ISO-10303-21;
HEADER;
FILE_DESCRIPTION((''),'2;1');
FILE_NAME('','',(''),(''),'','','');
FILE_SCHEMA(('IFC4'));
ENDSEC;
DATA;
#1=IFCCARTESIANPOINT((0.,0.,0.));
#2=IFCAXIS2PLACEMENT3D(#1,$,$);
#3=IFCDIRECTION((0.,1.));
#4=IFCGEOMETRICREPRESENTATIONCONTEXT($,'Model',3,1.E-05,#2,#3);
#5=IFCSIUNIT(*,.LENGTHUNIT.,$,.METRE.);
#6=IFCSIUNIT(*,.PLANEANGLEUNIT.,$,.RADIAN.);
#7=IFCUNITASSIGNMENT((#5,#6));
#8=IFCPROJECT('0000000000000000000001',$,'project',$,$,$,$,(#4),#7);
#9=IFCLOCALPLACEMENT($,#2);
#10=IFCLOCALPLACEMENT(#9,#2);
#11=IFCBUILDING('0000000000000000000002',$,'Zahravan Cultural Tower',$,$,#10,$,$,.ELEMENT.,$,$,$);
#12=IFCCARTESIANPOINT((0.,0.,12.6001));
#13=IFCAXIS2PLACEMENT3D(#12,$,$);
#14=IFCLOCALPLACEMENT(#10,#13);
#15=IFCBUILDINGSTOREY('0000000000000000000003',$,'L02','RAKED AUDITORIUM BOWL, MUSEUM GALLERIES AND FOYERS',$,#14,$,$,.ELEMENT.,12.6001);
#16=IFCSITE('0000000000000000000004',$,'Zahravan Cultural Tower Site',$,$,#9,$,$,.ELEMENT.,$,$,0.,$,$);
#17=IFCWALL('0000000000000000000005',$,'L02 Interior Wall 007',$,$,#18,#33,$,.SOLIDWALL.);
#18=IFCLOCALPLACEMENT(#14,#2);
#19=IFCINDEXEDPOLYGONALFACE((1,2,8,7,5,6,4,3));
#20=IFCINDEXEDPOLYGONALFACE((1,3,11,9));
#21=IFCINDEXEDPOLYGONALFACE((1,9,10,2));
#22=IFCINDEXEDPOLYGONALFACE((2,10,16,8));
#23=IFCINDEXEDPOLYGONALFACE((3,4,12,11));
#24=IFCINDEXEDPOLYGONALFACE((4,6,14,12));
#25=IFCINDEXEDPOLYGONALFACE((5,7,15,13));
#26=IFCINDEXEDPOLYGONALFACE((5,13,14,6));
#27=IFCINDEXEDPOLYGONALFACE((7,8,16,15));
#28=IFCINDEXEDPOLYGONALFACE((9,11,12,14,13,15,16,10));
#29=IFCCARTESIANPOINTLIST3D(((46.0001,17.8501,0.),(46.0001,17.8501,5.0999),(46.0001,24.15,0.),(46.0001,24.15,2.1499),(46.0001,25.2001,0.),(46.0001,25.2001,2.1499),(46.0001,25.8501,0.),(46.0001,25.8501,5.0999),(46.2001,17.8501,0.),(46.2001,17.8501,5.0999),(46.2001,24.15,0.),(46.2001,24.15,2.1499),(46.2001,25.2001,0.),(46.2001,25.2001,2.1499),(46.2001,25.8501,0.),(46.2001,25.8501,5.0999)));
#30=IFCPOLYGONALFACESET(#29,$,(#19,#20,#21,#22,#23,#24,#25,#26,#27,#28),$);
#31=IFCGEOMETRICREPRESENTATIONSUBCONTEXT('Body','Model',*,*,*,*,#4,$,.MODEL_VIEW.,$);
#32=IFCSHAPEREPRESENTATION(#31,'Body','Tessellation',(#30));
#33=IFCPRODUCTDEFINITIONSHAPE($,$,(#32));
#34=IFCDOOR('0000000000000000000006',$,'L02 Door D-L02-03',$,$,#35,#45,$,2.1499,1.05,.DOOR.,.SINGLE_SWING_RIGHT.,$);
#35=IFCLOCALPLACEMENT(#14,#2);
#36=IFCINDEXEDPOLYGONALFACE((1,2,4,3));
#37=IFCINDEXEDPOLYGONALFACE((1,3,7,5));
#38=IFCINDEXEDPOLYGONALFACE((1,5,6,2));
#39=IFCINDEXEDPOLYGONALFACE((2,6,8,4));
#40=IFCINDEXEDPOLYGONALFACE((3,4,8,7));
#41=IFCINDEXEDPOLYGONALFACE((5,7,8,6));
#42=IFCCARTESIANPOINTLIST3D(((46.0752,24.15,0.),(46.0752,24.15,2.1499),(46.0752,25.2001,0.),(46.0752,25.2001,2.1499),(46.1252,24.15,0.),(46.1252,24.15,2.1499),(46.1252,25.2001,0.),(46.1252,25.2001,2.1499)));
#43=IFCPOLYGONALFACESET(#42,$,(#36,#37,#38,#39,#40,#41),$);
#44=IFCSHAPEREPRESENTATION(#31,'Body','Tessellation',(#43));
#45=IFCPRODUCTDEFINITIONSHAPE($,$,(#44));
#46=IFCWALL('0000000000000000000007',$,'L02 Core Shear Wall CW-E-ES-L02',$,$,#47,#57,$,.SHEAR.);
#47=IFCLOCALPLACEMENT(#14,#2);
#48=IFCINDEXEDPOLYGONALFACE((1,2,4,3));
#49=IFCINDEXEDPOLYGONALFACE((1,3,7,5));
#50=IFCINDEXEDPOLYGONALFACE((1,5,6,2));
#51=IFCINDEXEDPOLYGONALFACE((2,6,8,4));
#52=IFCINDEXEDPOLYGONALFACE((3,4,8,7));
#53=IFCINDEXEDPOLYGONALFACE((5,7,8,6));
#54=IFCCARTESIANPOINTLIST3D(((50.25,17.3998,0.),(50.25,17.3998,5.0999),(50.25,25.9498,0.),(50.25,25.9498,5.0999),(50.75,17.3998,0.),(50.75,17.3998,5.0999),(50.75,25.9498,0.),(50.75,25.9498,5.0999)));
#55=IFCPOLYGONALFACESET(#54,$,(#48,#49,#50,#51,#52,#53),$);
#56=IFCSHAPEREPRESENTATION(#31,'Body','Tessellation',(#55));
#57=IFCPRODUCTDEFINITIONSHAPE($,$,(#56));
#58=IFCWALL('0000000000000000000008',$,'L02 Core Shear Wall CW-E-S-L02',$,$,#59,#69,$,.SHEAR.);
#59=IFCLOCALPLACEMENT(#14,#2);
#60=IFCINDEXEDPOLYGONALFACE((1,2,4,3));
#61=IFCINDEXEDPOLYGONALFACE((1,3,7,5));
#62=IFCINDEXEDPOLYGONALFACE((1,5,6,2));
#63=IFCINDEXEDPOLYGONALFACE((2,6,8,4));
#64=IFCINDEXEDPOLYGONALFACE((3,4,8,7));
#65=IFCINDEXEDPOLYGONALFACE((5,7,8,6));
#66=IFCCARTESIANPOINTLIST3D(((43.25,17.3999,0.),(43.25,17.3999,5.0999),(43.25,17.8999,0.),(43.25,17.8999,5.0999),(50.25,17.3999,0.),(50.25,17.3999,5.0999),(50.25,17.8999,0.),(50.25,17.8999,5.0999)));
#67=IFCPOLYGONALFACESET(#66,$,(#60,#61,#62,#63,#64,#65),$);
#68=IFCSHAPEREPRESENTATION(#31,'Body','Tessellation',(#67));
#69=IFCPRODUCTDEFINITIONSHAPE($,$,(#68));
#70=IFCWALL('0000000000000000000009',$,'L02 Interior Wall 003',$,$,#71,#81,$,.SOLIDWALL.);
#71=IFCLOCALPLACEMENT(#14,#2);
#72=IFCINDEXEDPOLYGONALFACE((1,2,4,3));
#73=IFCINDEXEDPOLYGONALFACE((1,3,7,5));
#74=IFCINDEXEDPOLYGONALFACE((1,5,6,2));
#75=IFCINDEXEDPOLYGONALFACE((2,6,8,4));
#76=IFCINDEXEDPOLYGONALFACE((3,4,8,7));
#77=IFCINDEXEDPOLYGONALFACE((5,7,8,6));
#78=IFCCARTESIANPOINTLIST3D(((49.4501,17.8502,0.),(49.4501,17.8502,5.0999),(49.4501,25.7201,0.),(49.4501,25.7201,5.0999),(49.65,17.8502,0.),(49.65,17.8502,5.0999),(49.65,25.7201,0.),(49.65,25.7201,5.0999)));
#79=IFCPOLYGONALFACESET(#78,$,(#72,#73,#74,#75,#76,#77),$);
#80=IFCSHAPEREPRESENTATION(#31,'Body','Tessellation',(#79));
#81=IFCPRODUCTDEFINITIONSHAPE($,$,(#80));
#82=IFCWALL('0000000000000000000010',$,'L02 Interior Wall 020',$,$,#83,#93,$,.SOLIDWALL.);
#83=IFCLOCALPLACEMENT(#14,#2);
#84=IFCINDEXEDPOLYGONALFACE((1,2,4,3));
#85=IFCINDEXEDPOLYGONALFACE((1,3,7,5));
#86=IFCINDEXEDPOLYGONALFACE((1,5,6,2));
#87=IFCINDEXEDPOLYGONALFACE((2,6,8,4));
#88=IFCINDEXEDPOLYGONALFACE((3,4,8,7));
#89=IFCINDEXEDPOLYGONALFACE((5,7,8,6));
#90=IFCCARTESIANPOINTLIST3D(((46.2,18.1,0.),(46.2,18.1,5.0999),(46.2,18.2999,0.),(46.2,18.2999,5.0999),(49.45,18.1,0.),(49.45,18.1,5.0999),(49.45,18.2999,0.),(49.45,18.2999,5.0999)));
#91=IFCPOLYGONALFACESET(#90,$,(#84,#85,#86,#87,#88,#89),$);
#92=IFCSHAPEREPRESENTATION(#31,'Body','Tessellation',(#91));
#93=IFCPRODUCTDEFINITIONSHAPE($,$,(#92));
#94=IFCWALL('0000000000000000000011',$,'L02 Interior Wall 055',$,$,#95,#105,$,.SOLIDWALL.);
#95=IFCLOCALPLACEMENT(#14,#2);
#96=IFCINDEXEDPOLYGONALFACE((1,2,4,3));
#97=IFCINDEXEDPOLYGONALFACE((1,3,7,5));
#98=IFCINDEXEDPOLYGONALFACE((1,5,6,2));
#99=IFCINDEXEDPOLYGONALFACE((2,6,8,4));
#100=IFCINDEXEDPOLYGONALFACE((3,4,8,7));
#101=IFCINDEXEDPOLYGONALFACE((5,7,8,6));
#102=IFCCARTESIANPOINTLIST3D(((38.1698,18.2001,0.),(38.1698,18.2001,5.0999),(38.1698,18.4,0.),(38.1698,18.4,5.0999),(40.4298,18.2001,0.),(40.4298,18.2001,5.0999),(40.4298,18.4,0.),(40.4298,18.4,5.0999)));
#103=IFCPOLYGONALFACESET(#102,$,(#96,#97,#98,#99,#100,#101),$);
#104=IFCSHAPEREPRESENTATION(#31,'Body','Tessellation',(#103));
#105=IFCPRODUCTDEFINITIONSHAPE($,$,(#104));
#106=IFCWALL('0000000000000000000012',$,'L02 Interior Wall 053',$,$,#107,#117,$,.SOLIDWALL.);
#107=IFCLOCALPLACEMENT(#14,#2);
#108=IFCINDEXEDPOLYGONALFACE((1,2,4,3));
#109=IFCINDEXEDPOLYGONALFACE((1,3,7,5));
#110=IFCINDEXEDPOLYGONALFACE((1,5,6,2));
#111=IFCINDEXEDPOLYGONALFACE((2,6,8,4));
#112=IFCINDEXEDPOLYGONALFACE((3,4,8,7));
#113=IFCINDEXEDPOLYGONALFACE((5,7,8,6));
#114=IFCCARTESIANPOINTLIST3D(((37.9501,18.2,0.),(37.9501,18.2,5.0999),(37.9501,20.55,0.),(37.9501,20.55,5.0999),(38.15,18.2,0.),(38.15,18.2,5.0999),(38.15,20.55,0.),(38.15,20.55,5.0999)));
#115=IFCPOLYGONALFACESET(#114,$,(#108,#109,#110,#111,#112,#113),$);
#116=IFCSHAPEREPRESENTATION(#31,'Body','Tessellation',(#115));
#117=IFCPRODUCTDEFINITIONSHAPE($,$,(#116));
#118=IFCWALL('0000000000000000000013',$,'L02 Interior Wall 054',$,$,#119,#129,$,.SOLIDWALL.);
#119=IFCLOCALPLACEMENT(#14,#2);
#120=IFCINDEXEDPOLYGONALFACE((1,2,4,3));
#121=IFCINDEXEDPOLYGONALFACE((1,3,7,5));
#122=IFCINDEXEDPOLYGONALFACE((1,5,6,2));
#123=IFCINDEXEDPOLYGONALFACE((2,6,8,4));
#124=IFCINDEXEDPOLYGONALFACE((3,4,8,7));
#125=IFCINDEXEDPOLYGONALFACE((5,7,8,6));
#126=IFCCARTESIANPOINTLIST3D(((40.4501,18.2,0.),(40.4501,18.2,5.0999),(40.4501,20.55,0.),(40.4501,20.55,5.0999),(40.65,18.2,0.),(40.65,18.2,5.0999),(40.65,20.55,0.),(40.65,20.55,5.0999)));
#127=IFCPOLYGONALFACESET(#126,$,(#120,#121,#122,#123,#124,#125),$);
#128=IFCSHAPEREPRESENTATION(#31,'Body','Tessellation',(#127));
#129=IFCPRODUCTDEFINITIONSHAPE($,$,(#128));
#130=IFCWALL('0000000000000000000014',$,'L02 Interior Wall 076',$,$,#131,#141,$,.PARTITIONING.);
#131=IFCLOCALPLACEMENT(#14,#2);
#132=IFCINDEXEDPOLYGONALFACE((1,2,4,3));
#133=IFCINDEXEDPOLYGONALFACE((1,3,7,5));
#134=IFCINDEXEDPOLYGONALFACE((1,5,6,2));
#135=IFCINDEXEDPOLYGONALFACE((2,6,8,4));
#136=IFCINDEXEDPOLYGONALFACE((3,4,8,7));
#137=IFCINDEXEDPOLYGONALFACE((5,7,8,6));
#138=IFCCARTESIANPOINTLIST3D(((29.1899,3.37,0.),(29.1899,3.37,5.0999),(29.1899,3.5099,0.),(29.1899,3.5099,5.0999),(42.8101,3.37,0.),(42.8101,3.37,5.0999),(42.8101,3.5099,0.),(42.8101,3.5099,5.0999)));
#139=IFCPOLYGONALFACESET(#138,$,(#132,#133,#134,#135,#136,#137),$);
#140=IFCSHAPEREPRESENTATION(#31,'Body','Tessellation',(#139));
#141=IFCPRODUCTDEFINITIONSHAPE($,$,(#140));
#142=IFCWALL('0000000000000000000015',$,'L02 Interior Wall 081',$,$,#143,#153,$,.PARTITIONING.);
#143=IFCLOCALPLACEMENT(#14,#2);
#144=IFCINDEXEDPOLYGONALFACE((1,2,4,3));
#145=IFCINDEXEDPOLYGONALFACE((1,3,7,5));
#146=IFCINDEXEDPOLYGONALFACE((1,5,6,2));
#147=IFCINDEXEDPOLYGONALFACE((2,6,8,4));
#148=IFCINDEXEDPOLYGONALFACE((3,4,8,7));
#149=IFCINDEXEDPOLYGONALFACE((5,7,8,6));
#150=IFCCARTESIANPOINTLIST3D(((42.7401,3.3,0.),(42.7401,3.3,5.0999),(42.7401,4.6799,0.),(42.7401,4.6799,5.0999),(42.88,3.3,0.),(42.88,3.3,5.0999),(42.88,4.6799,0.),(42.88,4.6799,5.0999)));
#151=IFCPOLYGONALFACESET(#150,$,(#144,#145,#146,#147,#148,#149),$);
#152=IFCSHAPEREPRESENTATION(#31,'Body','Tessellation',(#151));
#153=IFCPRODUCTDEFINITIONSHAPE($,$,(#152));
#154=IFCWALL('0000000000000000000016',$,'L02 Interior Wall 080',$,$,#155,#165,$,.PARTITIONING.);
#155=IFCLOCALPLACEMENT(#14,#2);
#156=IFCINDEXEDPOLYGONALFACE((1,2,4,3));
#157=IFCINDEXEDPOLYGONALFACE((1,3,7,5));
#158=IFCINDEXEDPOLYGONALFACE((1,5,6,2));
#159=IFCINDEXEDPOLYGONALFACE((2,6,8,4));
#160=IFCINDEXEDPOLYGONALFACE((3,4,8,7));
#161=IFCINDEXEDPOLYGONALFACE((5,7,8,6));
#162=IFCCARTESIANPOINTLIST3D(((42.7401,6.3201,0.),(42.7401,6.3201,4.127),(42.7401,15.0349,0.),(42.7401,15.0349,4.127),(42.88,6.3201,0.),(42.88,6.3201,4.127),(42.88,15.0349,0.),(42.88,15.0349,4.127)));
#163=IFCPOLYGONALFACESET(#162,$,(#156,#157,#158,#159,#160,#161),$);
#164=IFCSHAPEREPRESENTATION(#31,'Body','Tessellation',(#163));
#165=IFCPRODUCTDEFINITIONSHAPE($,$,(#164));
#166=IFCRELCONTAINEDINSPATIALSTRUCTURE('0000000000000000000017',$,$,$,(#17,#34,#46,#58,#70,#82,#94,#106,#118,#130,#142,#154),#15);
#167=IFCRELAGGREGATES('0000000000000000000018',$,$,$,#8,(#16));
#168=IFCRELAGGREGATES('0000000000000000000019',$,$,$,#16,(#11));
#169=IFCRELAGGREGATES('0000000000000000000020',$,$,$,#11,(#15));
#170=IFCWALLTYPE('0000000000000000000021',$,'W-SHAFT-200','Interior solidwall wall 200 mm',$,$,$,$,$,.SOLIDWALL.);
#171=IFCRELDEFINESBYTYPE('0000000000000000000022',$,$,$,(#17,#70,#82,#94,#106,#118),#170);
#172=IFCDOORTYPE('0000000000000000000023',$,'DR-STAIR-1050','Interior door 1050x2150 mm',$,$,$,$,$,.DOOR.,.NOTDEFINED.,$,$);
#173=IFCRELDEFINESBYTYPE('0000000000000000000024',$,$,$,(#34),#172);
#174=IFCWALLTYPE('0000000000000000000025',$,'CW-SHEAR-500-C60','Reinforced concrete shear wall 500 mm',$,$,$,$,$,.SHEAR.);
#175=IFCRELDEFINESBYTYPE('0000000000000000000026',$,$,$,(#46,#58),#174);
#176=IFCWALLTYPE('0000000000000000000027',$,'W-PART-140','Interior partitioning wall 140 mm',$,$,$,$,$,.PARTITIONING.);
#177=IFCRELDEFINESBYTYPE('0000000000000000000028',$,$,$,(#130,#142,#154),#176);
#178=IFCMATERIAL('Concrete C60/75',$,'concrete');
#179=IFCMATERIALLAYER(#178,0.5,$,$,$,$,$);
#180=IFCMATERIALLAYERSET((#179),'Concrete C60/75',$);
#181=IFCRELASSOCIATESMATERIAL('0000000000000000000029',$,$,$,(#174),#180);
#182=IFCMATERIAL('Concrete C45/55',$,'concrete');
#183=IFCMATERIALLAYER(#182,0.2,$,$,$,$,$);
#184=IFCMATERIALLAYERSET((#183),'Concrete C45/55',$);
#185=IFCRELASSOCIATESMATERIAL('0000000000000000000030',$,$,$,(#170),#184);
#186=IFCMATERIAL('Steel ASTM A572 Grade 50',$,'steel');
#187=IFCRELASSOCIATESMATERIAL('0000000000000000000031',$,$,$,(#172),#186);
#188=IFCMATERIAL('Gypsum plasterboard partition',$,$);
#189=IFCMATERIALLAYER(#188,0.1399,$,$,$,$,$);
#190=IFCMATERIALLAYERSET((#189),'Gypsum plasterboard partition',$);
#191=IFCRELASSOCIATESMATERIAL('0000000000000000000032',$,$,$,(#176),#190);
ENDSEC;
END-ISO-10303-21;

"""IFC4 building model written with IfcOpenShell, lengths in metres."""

from ifc_helpers import new_model, si_unit, direction, frame, frame_2d, origin, place, context, subcontext, project, spatial, rectangle, extrude, source, transform, mapped, material, layer, layer_set, type_object, element, fill, save


model = new_model("IFC4")

# Units and contexts
model_context = context("Model", 3, precision=1e-05, world=origin(), true_north=direction((0.0, 1.0)))
body_context = subcontext(model_context, "Body", "Model", "MODEL_VIEW")
ifc_project = project(units=[si_unit("LENGTHUNIT", "METRE"), si_unit("PLANEANGLEUNIT", "RADIAN")], contexts=[model_context])

# Site, building, storey
site_placement = place(None, origin())
site = spatial("IfcSite", under=ifc_project, at=site_placement, Name="Zahravan Cultural Tower Site", CompositionType="ELEMENT", RefElevation=0.0)
building_placement = place(site_placement, origin())
building = spatial("IfcBuilding", under=site, at=building_placement, Name="Zahravan Cultural Tower", CompositionType="ELEMENT")
storey_placement = place(building_placement, frame((0.0, 0.0, 12.6001)))
storey = spatial("IfcBuildingStorey", under=building, at=storey_placement, Name="L02", Description="RAKED AUDITORIUM BOWL, MUSEUM GALLERIES AND FOYERS", CompositionType="ELEMENT", Elevation=12.6001)

# Shared definitions
ifc_material_1 = material(Name="Concrete C60/75", Category="concrete")
ifc_material_2 = material(Name="Steel ASTM A572 Grade 50", Category="steel")

# Shared definitions
ifc_layer_1 = layer(ifc_material_1, 0.5)
ifc_layer_set_1 = layer_set([ifc_layer_1], Name="Concrete C60/75")
wall_type_1 = type_object("IfcWallType", Name="CW-SHEAR-500-C60", Description="Reinforced concrete shear wall 500 mm", PredefinedType="SHEAR", material=ifc_layer_set_1)

# Wall, opening, door
ifc_material_3 = material(Name="Concrete C45/55", Category="concrete")
ifc_layer_2 = layer(ifc_material_3, 0.2)
ifc_layer_set_2 = layer_set([ifc_layer_2], Name="Concrete C45/55")
wall_type_2 = type_object("IfcWallType", Name="W-SHAFT-200", Description="Interior solidwall wall 200 mm", PredefinedType="SOLIDWALL", material=ifc_layer_set_2)
wall_1_placement = place(storey_placement, frame((46.1001, 17.8501, 0.0), z_axis=(0.0, 0.0, 1.0), x_axis=(0.0, 1.0, 0.0)))
wall_1 = element("IfcWall", 1, at=wall_1_placement, inside=storey, type_object=wall_type_2, Name="L02 Interior Wall 007", PredefinedType="SOLIDWALL", context=body_context, shape_type="SweptSolid", body=[
    extrude(rectangle(XDim=8.0, YDim=0.2, at=frame_2d((4.0, 0.0))), origin(), (0.0, 0.0, 1.0), 5.0999),
])
opening_1_placement = place(wall_1_placement, frame((6.3, 0.0, 0.0)))
opening_1 = element("IfcOpeningElement", 2, at=opening_1_placement, cuts=wall_1, PredefinedType="OPENING", context=body_context, shape_type="SweptSolid", body=[
    extrude(rectangle(XDim=1.05, YDim=2.1499, at=frame_2d((0.5249, 1.075))), frame((0.0, 0.1099, 0.0), z_axis=(0.0, -1.0, 0.0), x_axis=(1.0, 0.0, 0.0)), (0.0, 0.0, 1.0), 0.22),
])
door_type_1 = type_object("IfcDoorType", Name="DR-STAIR-1050", Description="Interior door 1050x2150 mm", OperationType="NOTDEFINED", PredefinedType="DOOR", material=ifc_material_2)
shared_shape_1 = source(origin(), body_context, "Body", "SweptSolid", [
    extrude(rectangle(XDim=1.05, YDim=2.1499, at=frame_2d((0.5249, 1.075))), frame((0.0, 0.0249, 0.0), z_axis=(0.0, -1.0, 0.0), x_axis=(1.0, 0.0, 0.0)), (0.0, 0.0, 1.0), 0.05),
])
door_1_placement = place(opening_1_placement, origin())
door_1 = element("IfcDoor", 3, at=door_1_placement, inside=storey, type_object=door_type_1, Name="L02 Door D-L02-03", OperationType="SINGLE_SWING_RIGHT", OverallHeight=2.1499, OverallWidth=1.05, PredefinedType="DOOR", context=body_context, shape_type="MappedRepresentation", body=[
    mapped(shared_shape_1, transform((0.0, 0.0, 0.0), x_axis=(1.0, 0.0, 0.0), y_axis=(0.0, 1.0, 0.0), z_axis=(0.0, 0.0, 1.0), scale=1.0)),
])
fill(opening_1, door_1)

# Walls
shared_shape_2 = source(origin(), body_context, "Body", "SweptSolid", [
    extrude(rectangle(XDim=8.55, YDim=0.5, at=frame_2d((4.2749, 0.0))), origin(), (0.0, 0.0, 1.0), 5.0999),
])
wall_2_placement = place(storey_placement, frame((50.5, 17.3999, 0.0), z_axis=(0.0, 0.0, 1.0), x_axis=(0.0, 1.0, 0.0)))
element("IfcWall", 4, at=wall_2_placement, inside=storey, type_object=wall_type_1, Name="L02 Core Shear Wall CW-E-ES-L02", PredefinedType="SHEAR", context=body_context, shape_type="MappedRepresentation", body=[
    mapped(shared_shape_2, transform((0.0, 0.0, 0.0), x_axis=(1.0, 0.0, 0.0), y_axis=(0.0, 1.0, 0.0), z_axis=(0.0, 0.0, 1.0), scale=1.0)),
])
shared_shape_3 = source(origin(), body_context, "Body", "SweptSolid", [
    extrude(rectangle(XDim=7.0, YDim=0.5, at=frame_2d((3.5, 0.0))), origin(), (0.0, 0.0, 1.0), 5.0999),
])
wall_3_placement = place(storey_placement, frame((43.25, 17.6499, 0.0), z_axis=(0.0, 0.0, 1.0), x_axis=(1.0, 0.0, 0.0)))
element("IfcWall", 5, at=wall_3_placement, inside=storey, type_object=wall_type_1, Name="L02 Core Shear Wall CW-E-S-L02", PredefinedType="SHEAR", context=body_context, shape_type="MappedRepresentation", body=[
    mapped(shared_shape_3, transform((0.0, 0.0, 0.0), x_axis=(1.0, 0.0, 0.0), y_axis=(0.0, 1.0, 0.0), z_axis=(0.0, 0.0, 1.0), scale=1.0)),
])
shared_shape_4 = source(origin(), body_context, "Body", "SweptSolid", [
    extrude(rectangle(XDim=7.8699, YDim=0.2, at=frame_2d((3.9351, 0.0))), origin(), (0.0, 0.0, 1.0), 5.0999),
])
wall_4_placement = place(storey_placement, frame((49.55, 17.8501, 0.0), z_axis=(0.0, 0.0, 1.0), x_axis=(0.0, 1.0, 0.0)))
element("IfcWall", 6, at=wall_4_placement, inside=storey, type_object=wall_type_2, Name="L02 Interior Wall 003", PredefinedType="SOLIDWALL", context=body_context, shape_type="MappedRepresentation", body=[
    mapped(shared_shape_4, transform((0.0, 0.0, 0.0), x_axis=(1.0, 0.0, 0.0), y_axis=(0.0, 1.0, 0.0), z_axis=(0.0, 0.0, 1.0), scale=1.0)),
])
shared_shape_5 = source(origin(), body_context, "Body", "SweptSolid", [
    extrude(rectangle(XDim=3.25, YDim=0.2, at=frame_2d((1.625, 0.0))), origin(), (0.0, 0.0, 1.0), 5.0999),
])
wall_5_placement = place(storey_placement, frame((46.2, 18.2, 0.0), z_axis=(0.0, 0.0, 1.0), x_axis=(1.0, 0.0, 0.0)))
element("IfcWall", 7, at=wall_5_placement, inside=storey, type_object=wall_type_2, Name="L02 Interior Wall 020", PredefinedType="SOLIDWALL", context=body_context, shape_type="MappedRepresentation", body=[
    mapped(shared_shape_5, transform((0.0, 0.0, 0.0), x_axis=(1.0, 0.0, 0.0), y_axis=(0.0, 1.0, 0.0), z_axis=(0.0, 0.0, 1.0), scale=1.0)),
])
shared_shape_6 = source(origin(), body_context, "Body", "SweptSolid", [
    extrude(rectangle(XDim=2.26, YDim=0.2, at=frame_2d((1.1299, 0.0))), origin(), (0.0, 0.0, 1.0), 5.0999),
])
wall_6_placement = place(storey_placement, frame((38.1699, 18.3, 0.0), z_axis=(0.0, 0.0, 1.0), x_axis=(1.0, 0.0, 0.0)))
element("IfcWall", 8, at=wall_6_placement, inside=storey, type_object=wall_type_2, Name="L02 Interior Wall 055", PredefinedType="SOLIDWALL", context=body_context, shape_type="MappedRepresentation", body=[
    mapped(shared_shape_6, transform((0.0, 0.0, 0.0), x_axis=(1.0, 0.0, 0.0), y_axis=(0.0, 1.0, 0.0), z_axis=(0.0, 0.0, 1.0), scale=1.0)),
])
shared_shape_7 = source(origin(), body_context, "Body", "SweptSolid", [
    extrude(rectangle(XDim=2.3501, YDim=0.2, at=frame_2d((1.175, 0.0))), origin(), (0.0, 0.0, 1.0), 5.0999),
])
for number, where, z_axis, x_axis, name in (
    (9, (38.05, 18.2, 0.0), (0.0, 0.0, 1.0), (0.0, 1.0, 0.0), "L02 Interior Wall 053"),
    (10, (40.55, 18.2, 0.0), (0.0, 0.0, 1.0), (0.0, 1.0, 0.0), "L02 Interior Wall 054"),
):
    element("IfcWall", number, at=place(storey_placement, frame(where, z_axis=z_axis, x_axis=x_axis)), inside=storey, type_object=wall_type_2, Name=name, PredefinedType="SOLIDWALL", context=body_context, shape_type="MappedRepresentation", body=[
        mapped(shared_shape_7, transform((0.0, 0.0, 0.0), x_axis=(1.0, 0.0, 0.0), y_axis=(0.0, 1.0, 0.0), z_axis=(0.0, 0.0, 1.0), scale=1.0)),
    ])
ifc_material_4 = material(Name="Gypsum plasterboard partition")
ifc_layer_3 = layer(ifc_material_4, 0.1399)
ifc_layer_set_3 = layer_set([ifc_layer_3], Name="Gypsum plasterboard partition")
wall_type_3 = type_object("IfcWallType", Name="W-PART-140", Description="Interior partitioning wall 140 mm", PredefinedType="PARTITIONING", material=ifc_layer_set_3)
shared_shape_8 = source(origin(), body_context, "Body", "SweptSolid", [
    extrude(rectangle(XDim=13.6201, YDim=0.1399, at=frame_2d((6.8101, 0.0))), origin(), (0.0, 0.0, 1.0), 5.0999),
])
wall_7_placement = place(storey_placement, frame((42.8101, 3.4399, 0.0), z_axis=(0.0, 0.0, 1.0), x_axis=(-1.0, 0.0, 0.0)))
element("IfcWall", 11, at=wall_7_placement, inside=storey, type_object=wall_type_3, Name="L02 Interior Wall 076", PredefinedType="PARTITIONING", context=body_context, shape_type="MappedRepresentation", body=[
    mapped(shared_shape_8, transform((0.0, 0.0, 0.0), x_axis=(1.0, 0.0, 0.0), y_axis=(0.0, 1.0, 0.0), z_axis=(0.0, 0.0, 1.0), scale=1.0)),
])
shared_shape_9 = source(origin(), body_context, "Body", "SweptSolid", [
    extrude(rectangle(XDim=1.3799, YDim=0.1399, at=frame_2d((0.6899, 0.0))), origin(), (0.0, 0.0, 1.0), 5.0999),
])
wall_8_placement = place(storey_placement, frame((42.8101, 4.6799, 0.0), z_axis=(0.0, 0.0, 1.0), x_axis=(0.0, -1.0, 0.0)))
element("IfcWall", 12, at=wall_8_placement, inside=storey, type_object=wall_type_3, Name="L02 Interior Wall 081", PredefinedType="PARTITIONING", context=body_context, shape_type="MappedRepresentation", body=[
    mapped(shared_shape_9, transform((0.0, 0.0, 0.0), x_axis=(1.0, 0.0, 0.0), y_axis=(0.0, 1.0, 0.0), z_axis=(0.0, 0.0, 1.0), scale=1.0)),
])
shared_shape_10 = source(origin(), body_context, "Body", "SweptSolid", [
    extrude(rectangle(XDim=8.7148, YDim=0.1399, at=frame_2d((4.3574, 0.0))), origin(), (0.0, 0.0, 1.0), 4.127),
])
wall_9_placement = place(storey_placement, frame((42.8101, 15.0349, 0.0), z_axis=(0.0, 0.0, 1.0), x_axis=(0.0, -1.0, 0.0)))
element("IfcWall", 13, at=wall_9_placement, inside=storey, type_object=wall_type_3, Name="L02 Interior Wall 080", PredefinedType="PARTITIONING", context=body_context, shape_type="MappedRepresentation", body=[
    mapped(shared_shape_10, transform((0.0, 0.0, 0.0), x_axis=(1.0, 0.0, 0.0), y_axis=(0.0, 1.0, 0.0), z_axis=(0.0, 0.0, 1.0), scale=1.0)),
])

save(model, "model.ifc")
